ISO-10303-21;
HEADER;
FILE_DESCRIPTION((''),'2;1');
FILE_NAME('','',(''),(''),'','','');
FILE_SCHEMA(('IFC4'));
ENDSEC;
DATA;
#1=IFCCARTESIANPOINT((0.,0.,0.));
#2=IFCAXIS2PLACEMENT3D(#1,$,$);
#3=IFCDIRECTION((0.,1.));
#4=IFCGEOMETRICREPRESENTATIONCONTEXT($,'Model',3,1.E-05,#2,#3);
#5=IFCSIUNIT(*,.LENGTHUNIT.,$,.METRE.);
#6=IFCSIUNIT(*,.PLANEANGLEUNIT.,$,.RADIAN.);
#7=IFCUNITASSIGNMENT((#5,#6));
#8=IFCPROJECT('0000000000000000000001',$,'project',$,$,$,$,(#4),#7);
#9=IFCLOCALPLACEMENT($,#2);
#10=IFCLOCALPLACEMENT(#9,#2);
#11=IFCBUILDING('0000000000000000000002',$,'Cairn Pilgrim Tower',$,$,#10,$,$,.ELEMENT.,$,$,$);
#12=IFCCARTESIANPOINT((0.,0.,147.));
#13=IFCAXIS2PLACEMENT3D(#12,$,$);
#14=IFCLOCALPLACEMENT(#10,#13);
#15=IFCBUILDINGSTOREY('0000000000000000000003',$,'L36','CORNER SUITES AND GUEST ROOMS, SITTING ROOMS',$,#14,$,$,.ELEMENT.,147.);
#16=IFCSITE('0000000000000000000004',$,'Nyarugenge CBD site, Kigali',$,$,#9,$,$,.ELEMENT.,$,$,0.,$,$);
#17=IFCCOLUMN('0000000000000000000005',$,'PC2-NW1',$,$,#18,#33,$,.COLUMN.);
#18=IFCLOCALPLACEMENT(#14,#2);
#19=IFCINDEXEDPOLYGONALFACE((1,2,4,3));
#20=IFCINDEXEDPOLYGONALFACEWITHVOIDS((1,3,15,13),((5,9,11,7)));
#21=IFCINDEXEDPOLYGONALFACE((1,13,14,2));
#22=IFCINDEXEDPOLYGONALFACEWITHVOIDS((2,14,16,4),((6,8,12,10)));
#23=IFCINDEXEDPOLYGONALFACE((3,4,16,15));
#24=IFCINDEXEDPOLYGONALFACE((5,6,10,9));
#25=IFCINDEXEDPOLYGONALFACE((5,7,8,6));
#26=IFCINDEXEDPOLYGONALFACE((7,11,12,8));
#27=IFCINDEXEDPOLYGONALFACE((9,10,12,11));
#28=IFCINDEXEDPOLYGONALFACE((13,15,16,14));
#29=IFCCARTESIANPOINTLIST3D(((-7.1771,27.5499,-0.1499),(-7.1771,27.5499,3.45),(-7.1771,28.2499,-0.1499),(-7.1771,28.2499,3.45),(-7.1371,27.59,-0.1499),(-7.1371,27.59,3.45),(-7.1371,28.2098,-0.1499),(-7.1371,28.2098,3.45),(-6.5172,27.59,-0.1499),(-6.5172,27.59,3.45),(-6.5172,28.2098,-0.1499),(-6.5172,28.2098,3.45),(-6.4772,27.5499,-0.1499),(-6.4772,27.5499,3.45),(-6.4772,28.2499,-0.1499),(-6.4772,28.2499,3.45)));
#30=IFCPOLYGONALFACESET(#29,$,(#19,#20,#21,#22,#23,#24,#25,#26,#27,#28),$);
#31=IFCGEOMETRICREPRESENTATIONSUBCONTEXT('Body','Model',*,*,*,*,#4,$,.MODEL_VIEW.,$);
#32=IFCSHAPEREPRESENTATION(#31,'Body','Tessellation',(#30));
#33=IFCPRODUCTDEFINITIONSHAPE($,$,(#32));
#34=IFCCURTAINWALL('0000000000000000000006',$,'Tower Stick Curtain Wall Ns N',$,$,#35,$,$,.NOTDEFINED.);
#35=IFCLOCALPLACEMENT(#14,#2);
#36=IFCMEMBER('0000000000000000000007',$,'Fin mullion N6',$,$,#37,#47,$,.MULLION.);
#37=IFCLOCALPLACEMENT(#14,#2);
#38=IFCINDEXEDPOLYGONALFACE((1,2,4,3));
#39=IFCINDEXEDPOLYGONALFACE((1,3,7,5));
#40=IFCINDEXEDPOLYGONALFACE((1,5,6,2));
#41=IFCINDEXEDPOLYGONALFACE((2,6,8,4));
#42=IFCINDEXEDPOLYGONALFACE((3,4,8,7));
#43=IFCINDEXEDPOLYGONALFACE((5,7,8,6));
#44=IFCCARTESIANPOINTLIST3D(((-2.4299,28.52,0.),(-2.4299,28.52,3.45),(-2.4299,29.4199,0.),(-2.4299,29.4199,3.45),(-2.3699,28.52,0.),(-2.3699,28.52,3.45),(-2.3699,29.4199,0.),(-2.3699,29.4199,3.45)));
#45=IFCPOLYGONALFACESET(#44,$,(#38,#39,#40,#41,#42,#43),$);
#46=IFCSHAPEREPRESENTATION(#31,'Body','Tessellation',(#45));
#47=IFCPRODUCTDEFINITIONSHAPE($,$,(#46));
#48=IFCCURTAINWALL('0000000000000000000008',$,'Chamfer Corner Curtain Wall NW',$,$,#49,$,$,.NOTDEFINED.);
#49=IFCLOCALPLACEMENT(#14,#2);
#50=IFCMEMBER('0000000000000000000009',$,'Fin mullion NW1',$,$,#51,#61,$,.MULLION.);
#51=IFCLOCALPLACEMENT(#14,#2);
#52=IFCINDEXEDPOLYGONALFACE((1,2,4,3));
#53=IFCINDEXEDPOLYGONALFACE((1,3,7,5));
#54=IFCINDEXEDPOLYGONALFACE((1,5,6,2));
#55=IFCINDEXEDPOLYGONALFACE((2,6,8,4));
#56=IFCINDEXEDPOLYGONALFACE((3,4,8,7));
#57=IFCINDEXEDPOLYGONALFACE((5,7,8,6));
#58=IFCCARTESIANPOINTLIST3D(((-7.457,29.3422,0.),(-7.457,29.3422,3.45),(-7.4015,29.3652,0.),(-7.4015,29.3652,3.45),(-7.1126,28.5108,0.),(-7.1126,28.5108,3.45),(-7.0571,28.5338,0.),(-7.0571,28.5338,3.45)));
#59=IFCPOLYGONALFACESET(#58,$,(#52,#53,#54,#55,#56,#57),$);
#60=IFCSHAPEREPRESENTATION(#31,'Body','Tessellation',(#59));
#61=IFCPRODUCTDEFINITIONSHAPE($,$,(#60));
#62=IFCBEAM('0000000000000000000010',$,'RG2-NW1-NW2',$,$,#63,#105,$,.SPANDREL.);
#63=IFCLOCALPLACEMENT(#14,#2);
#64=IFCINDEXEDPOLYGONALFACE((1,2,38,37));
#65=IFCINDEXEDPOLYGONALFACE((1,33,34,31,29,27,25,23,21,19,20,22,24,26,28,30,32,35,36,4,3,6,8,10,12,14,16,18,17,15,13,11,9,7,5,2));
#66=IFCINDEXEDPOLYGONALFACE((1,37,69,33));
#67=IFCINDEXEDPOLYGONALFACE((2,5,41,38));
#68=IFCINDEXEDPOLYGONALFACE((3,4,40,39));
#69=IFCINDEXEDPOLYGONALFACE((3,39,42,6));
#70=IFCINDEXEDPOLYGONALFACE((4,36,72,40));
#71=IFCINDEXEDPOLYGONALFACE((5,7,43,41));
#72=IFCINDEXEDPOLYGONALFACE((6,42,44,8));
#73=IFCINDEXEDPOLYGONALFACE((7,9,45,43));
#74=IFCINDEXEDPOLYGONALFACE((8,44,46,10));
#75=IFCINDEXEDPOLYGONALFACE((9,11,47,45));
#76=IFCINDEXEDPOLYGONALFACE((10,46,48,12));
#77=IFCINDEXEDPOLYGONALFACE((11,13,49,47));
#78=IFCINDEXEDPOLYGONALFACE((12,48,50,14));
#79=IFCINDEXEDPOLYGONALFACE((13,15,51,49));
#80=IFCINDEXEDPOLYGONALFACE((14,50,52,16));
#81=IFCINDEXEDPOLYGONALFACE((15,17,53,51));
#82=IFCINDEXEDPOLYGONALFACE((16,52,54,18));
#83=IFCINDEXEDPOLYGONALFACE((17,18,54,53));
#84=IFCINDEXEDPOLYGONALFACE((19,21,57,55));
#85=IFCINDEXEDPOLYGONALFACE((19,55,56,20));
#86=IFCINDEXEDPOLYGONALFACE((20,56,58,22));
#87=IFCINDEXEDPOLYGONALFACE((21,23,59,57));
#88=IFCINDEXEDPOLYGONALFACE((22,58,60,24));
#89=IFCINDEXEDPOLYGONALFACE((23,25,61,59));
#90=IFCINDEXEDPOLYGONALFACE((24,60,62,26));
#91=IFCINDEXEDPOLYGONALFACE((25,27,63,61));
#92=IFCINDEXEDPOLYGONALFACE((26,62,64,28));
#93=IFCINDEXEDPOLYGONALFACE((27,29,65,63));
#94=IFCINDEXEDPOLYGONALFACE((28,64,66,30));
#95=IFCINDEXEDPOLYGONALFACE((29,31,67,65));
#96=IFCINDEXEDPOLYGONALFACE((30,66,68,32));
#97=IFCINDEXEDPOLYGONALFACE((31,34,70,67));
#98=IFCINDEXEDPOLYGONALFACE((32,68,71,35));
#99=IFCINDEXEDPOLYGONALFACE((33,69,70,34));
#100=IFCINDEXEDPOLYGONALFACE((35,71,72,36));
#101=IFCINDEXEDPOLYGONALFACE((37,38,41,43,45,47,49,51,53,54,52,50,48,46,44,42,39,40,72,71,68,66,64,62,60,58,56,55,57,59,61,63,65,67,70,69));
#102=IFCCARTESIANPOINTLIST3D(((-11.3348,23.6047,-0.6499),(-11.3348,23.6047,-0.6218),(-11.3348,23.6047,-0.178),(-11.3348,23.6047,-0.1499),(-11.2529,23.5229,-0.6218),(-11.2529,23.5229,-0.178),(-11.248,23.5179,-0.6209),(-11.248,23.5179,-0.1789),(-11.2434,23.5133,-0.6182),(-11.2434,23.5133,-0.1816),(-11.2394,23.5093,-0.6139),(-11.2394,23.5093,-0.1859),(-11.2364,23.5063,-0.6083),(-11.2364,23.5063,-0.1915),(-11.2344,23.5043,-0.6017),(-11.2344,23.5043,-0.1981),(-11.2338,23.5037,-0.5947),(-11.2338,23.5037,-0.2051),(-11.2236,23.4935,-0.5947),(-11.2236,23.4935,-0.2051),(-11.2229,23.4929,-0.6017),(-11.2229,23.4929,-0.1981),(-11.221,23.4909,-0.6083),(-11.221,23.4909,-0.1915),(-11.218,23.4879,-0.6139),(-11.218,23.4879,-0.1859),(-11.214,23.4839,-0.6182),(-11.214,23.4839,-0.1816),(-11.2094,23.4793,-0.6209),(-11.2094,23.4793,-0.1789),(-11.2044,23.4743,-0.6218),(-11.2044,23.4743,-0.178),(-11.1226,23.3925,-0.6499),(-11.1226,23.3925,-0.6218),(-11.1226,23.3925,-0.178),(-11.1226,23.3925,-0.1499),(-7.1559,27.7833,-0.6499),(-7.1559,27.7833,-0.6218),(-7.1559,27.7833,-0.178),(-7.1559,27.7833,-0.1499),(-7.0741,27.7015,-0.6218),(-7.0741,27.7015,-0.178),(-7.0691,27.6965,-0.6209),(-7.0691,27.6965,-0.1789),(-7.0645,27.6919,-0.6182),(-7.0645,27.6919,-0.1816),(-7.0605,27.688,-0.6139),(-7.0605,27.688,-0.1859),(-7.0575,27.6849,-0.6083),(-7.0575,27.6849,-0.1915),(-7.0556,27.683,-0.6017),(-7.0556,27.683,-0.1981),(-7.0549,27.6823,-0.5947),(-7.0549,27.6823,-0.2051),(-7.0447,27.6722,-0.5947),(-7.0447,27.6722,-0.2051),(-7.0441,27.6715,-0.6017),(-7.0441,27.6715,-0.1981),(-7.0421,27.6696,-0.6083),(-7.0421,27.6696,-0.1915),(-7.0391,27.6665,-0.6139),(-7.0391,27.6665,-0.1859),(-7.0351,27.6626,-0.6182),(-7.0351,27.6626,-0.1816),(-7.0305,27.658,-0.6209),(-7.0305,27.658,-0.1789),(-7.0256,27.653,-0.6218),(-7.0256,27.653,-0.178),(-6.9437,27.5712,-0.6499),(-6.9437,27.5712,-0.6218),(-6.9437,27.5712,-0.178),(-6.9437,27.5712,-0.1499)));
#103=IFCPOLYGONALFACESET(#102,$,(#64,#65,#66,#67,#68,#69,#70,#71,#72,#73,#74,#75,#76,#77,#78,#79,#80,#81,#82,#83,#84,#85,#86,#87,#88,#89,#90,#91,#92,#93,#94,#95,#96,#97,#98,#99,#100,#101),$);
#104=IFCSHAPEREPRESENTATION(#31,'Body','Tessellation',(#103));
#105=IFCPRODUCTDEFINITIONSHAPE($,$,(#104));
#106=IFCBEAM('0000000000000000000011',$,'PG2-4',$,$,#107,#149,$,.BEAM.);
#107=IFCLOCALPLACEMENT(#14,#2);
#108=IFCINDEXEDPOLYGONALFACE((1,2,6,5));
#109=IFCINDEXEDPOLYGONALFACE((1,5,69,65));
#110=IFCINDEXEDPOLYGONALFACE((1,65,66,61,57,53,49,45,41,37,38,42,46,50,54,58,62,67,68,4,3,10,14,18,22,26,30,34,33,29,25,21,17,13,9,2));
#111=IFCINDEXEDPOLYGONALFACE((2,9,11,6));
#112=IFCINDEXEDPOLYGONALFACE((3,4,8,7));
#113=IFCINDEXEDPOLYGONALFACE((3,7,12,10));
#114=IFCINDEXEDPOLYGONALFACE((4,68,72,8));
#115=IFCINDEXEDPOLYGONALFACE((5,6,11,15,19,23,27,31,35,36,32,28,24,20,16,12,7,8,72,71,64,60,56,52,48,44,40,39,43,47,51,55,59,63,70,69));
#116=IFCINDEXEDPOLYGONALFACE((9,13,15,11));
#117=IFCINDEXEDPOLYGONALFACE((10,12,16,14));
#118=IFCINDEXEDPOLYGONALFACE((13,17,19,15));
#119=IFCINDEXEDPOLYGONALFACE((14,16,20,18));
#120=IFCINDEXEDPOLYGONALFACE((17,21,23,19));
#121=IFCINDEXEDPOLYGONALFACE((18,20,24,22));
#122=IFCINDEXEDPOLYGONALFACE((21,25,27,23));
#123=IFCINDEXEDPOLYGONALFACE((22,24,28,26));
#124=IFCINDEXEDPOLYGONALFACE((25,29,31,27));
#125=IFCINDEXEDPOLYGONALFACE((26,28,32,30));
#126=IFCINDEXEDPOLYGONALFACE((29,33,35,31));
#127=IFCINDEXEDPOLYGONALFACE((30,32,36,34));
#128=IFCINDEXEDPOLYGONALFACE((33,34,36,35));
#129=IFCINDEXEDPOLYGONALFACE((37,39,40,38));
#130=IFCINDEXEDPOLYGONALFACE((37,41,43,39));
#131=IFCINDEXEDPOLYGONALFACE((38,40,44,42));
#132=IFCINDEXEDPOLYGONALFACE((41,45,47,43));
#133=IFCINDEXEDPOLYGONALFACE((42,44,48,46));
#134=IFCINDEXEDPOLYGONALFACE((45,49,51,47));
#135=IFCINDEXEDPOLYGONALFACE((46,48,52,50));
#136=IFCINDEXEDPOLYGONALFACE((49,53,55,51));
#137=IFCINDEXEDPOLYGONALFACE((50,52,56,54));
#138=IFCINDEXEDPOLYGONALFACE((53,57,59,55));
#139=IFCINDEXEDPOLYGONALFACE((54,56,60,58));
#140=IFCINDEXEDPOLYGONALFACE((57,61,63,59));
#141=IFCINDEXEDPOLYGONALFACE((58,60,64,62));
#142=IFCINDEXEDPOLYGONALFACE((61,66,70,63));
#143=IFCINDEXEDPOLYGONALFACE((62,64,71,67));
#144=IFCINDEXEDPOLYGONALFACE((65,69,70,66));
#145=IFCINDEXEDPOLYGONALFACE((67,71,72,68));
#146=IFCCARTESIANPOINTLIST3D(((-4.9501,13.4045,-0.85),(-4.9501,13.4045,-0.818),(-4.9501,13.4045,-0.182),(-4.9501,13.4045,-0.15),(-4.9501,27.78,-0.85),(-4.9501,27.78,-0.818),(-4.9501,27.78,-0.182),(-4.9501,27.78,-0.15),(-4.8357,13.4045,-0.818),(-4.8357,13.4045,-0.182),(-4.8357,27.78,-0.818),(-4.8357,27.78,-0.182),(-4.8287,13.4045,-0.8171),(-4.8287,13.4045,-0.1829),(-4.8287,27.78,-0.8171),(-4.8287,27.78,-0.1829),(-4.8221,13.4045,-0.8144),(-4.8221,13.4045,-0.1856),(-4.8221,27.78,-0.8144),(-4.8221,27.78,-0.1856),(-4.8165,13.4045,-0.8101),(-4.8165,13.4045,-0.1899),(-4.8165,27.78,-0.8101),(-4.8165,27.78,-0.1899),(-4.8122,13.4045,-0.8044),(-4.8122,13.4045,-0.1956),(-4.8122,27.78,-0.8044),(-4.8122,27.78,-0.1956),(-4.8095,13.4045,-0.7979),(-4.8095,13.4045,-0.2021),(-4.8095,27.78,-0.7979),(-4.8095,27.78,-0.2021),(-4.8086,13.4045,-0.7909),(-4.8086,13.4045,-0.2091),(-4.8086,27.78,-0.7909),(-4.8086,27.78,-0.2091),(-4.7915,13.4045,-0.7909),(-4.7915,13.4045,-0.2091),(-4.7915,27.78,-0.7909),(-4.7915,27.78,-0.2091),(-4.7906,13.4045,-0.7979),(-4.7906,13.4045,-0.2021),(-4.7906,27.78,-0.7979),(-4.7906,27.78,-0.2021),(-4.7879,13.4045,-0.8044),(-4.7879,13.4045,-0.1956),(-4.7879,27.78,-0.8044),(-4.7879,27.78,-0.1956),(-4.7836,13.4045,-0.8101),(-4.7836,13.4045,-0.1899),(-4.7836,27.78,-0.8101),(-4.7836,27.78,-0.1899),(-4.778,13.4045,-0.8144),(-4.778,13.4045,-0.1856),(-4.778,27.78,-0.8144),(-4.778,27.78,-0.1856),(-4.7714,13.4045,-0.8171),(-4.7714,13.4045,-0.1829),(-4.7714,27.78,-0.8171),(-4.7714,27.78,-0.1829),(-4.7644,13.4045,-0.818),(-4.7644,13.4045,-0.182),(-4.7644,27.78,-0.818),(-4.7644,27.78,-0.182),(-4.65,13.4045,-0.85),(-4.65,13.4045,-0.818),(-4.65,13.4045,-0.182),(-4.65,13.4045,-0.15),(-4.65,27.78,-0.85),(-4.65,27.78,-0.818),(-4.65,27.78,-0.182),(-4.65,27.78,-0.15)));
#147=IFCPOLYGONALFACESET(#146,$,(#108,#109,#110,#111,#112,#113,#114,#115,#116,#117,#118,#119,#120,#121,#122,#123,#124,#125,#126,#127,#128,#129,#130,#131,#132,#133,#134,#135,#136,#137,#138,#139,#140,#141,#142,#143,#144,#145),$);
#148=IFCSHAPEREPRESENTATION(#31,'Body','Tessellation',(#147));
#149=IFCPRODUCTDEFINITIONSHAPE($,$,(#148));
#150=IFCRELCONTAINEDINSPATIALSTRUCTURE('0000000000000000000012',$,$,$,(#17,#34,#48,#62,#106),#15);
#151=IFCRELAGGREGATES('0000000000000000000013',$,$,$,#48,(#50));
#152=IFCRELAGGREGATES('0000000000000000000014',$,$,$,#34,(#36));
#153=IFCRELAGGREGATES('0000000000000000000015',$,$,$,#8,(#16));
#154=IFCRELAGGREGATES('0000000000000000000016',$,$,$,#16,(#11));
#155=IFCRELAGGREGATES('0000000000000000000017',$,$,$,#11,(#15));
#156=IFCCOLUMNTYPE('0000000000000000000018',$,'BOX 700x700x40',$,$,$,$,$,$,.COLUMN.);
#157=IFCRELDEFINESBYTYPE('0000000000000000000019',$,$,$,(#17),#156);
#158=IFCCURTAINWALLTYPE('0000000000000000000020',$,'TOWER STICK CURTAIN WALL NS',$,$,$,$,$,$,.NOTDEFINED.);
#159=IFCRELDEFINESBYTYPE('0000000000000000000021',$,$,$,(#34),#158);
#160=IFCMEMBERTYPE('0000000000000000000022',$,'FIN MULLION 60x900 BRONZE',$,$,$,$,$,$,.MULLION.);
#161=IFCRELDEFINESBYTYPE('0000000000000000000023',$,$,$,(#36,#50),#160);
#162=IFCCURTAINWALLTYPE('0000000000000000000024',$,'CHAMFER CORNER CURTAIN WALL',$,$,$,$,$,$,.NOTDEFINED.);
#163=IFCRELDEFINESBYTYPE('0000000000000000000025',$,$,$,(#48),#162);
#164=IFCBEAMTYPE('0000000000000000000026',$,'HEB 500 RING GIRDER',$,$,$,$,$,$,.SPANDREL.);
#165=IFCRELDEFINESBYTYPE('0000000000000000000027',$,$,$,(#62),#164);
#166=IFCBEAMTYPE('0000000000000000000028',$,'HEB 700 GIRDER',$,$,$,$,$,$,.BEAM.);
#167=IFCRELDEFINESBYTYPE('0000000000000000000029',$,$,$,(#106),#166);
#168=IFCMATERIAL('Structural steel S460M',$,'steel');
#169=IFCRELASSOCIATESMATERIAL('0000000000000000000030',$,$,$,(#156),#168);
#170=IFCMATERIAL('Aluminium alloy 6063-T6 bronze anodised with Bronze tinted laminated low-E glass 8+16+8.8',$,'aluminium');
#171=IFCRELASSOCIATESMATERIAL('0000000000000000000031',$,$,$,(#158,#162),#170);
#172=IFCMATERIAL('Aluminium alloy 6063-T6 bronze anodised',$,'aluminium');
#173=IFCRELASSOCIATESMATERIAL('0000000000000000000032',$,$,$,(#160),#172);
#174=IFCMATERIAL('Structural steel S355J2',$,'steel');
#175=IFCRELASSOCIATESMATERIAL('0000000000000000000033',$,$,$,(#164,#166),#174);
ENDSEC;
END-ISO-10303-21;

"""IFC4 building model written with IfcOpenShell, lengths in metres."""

from ifc_helpers import new_model, si_unit, direction, frame, origin, origin_2d, place, context, subcontext, project, spatial, rectangle, hollow_rectangle, i_section, extrude, material, material_profile, profile_set, type_object, element, aggregate, save


model = new_model("IFC4")

# Units and contexts
model_context = context("Model", 3, precision=1e-05, world=origin(), true_north=direction((0.0, 1.0)))
body_context = subcontext(model_context, "Body", "Model", "MODEL_VIEW")
ifc_project = project(units=[si_unit("LENGTHUNIT", "METRE"), si_unit("PLANEANGLEUNIT", "RADIAN")], contexts=[model_context])

# Site, building, storey
site_placement = place(None, origin())
site = spatial("IfcSite", under=ifc_project, at=site_placement, Name="Nyarugenge CBD site, Kigali", CompositionType="ELEMENT", RefElevation=0.0)
building_placement = place(site_placement, origin())
building = spatial("IfcBuilding", under=site, at=building_placement, Name="Cairn Pilgrim Tower", CompositionType="ELEMENT")
storey_placement = place(building_placement, frame((0.0, 0.0, 147.0)))
storey = spatial("IfcBuildingStorey", under=building, at=storey_placement, Name="L36", Description="CORNER SUITES AND GUEST ROOMS, SITTING ROOMS", CompositionType="ELEMENT", Elevation=147.0)

# Column
ifc_material_1 = material(Name="Structural steel S460M", Category="steel")
ifc_material_profile_1 = material_profile(ifc_material_1, hollow_rectangle(XDim=0.7, YDim=0.7, WallThickness=0.04, at=origin_2d()), Name="BOX 700x700x40")
ifc_profile_set_1 = profile_set([ifc_material_profile_1], Name="Structural steel S460M")
column_type = type_object("IfcColumnType", Name="BOX 700x700x40", PredefinedType="COLUMN", material=ifc_profile_set_1)
column_placement = place(storey_placement, frame((-6.8271, 27.8999, -0.1499), z_axis=(0.0, 0.0, 1.0), x_axis=(1.0, 0.0, 0.0)))
element("IfcColumn", 1, at=column_placement, inside=storey, type_object=column_type, Name="PC2-NW1", PredefinedType="COLUMN", context=body_context, shape_type="SweptSolid", body=[
    extrude(hollow_rectangle(XDim=0.7, YDim=0.7, WallThickness=0.04, at=origin_2d()), origin(), (0.0, 0.0, 1.0), 3.5999),
])

# Curtain walls, members
ifc_material_2 = material(Name="Aluminium alloy 6063-T6 bronze anodised with Bronze tinted laminated low-E glass 8+16+8.8", Category="aluminium")
curtain_wall_type_1 = type_object("IfcCurtainWallType", Name="TOWER STICK CURTAIN WALL NS", PredefinedType="NOTDEFINED", material=ifc_material_2)
curtain_wall_1_placement = place(storey_placement, origin())
curtain_wall_1 = element("IfcCurtainWall", 2, at=curtain_wall_1_placement, inside=storey, type_object=curtain_wall_type_1, Name="Tower Stick Curtain Wall Ns N", PredefinedType="NOTDEFINED")
ifc_material_3 = material(Name="Aluminium alloy 6063-T6 bronze anodised", Category="aluminium")
ifc_material_profile_2 = material_profile(ifc_material_3, rectangle(XDim=0.8999, YDim=0.0601, at=origin_2d()), Name="FIN MULLION 60x900 BRONZE")
ifc_profile_set_2 = profile_set([ifc_material_profile_2], Name="Aluminium alloy 6063-T6 bronze anodised")
member_type_1 = type_object("IfcMemberType", Name="FIN MULLION 60x900 BRONZE", PredefinedType="MULLION", material=ifc_profile_set_2)
member_1_placement = place(storey_placement, frame((-2.3999, 28.97, 0.0), z_axis=(0.0, 0.0, 1.0), x_axis=(0.0, 1.0, 0.0)))
member_1 = element("IfcMember", 3, at=member_1_placement, type_object=member_type_1, Name="Fin mullion N6", PredefinedType="MULLION", context=body_context, shape_type="SweptSolid", body=[
    extrude(rectangle(XDim=0.8999, YDim=0.0601, at=origin_2d()), origin(), (0.0, 0.0, 1.0), 3.45),
])
curtain_wall_type_2 = type_object("IfcCurtainWallType", Name="CHAMFER CORNER CURTAIN WALL", PredefinedType="NOTDEFINED", material=ifc_material_2)
curtain_wall_2_placement = place(storey_placement, origin())
curtain_wall_2 = element("IfcCurtainWall", 4, at=curtain_wall_2_placement, inside=storey, type_object=curtain_wall_type_2, Name="Chamfer Corner Curtain Wall NW", PredefinedType="NOTDEFINED")
member_2_placement = place(storey_placement, frame((-7.2571, 28.938, 0.0), z_axis=(0.0, 0.0, 1.0), x_axis=(-0.382683, 0.92388, 0.0)))
member_2 = element("IfcMember", 5, at=member_2_placement, type_object=member_type_1, Name="Fin mullion NW1", PredefinedType="MULLION", context=body_context, shape_type="SweptSolid", body=[
    extrude(rectangle(XDim=0.8999, YDim=0.0601, at=origin_2d()), origin(), (0.0, 0.0, 1.0), 3.45),
])

# Beams
ifc_material_4 = material(Name="Structural steel S355J2", Category="steel")
ifc_material_profile_3 = material_profile(ifc_material_4, i_section(OverallWidth=0.3, OverallDepth=0.5, WebThickness=0.0144, FlangeThickness=0.0281, FilletRadius=0.0271, at=origin_2d()), Name="HEB 500")
ifc_profile_set_3 = profile_set([ifc_material_profile_3], Name="Structural steel S355J2")
beam_type_1 = type_object("IfcBeamType", Name="HEB 500 RING GIRDER", PredefinedType="SPANDREL", material=ifc_profile_set_3)
beam_1_placement = place(storey_placement, frame((-7.0498, 27.6772, -0.3999), z_axis=(-0.707127, -0.707086, 0.0), x_axis=(0.707086, -0.707127, 0.0)))
element("IfcBeam", 6, at=beam_1_placement, inside=storey, type_object=beam_type_1, Name="RG2-NW1-NW2", PredefinedType="SPANDREL", context=body_context, shape_type="SweptSolid", body=[
    extrude(i_section(OverallWidth=0.3, OverallDepth=0.5, WebThickness=0.0144, FlangeThickness=0.0281, FilletRadius=0.0271, at=origin_2d()), origin(), (0.0, 0.0, 1.0), 5.9097),
])
ifc_material_profile_4 = material_profile(ifc_material_4, i_section(OverallWidth=0.3, OverallDepth=0.7, WebThickness=0.0171, FlangeThickness=0.032, FilletRadius=0.0271, at=origin_2d()), Name="HEB 700")
ifc_profile_set_4 = profile_set([ifc_material_profile_4], Name="Structural steel S355J2")
beam_type_2 = type_object("IfcBeamType", Name="HEB 700 GIRDER", PredefinedType="BEAM", material=ifc_profile_set_4)
beam_2_placement = place(storey_placement, frame((-4.8, 13.4045, -0.5), z_axis=(0.0, 1.0, 0.0), x_axis=(-1.0, 0.0, 0.0)))
element("IfcBeam", 7, at=beam_2_placement, inside=storey, type_object=beam_type_2, Name="PG2-4", PredefinedType="BEAM", context=body_context, shape_type="SweptSolid", body=[
    extrude(i_section(OverallWidth=0.3, OverallDepth=0.7, WebThickness=0.0171, FlangeThickness=0.032, FilletRadius=0.0271, at=origin_2d()), origin(), (0.0, 0.0, 1.0), 14.3755),
])

aggregate(curtain_wall_2, [member_2])

aggregate(curtain_wall_1, [member_1])

save(model, "model.ifc")
